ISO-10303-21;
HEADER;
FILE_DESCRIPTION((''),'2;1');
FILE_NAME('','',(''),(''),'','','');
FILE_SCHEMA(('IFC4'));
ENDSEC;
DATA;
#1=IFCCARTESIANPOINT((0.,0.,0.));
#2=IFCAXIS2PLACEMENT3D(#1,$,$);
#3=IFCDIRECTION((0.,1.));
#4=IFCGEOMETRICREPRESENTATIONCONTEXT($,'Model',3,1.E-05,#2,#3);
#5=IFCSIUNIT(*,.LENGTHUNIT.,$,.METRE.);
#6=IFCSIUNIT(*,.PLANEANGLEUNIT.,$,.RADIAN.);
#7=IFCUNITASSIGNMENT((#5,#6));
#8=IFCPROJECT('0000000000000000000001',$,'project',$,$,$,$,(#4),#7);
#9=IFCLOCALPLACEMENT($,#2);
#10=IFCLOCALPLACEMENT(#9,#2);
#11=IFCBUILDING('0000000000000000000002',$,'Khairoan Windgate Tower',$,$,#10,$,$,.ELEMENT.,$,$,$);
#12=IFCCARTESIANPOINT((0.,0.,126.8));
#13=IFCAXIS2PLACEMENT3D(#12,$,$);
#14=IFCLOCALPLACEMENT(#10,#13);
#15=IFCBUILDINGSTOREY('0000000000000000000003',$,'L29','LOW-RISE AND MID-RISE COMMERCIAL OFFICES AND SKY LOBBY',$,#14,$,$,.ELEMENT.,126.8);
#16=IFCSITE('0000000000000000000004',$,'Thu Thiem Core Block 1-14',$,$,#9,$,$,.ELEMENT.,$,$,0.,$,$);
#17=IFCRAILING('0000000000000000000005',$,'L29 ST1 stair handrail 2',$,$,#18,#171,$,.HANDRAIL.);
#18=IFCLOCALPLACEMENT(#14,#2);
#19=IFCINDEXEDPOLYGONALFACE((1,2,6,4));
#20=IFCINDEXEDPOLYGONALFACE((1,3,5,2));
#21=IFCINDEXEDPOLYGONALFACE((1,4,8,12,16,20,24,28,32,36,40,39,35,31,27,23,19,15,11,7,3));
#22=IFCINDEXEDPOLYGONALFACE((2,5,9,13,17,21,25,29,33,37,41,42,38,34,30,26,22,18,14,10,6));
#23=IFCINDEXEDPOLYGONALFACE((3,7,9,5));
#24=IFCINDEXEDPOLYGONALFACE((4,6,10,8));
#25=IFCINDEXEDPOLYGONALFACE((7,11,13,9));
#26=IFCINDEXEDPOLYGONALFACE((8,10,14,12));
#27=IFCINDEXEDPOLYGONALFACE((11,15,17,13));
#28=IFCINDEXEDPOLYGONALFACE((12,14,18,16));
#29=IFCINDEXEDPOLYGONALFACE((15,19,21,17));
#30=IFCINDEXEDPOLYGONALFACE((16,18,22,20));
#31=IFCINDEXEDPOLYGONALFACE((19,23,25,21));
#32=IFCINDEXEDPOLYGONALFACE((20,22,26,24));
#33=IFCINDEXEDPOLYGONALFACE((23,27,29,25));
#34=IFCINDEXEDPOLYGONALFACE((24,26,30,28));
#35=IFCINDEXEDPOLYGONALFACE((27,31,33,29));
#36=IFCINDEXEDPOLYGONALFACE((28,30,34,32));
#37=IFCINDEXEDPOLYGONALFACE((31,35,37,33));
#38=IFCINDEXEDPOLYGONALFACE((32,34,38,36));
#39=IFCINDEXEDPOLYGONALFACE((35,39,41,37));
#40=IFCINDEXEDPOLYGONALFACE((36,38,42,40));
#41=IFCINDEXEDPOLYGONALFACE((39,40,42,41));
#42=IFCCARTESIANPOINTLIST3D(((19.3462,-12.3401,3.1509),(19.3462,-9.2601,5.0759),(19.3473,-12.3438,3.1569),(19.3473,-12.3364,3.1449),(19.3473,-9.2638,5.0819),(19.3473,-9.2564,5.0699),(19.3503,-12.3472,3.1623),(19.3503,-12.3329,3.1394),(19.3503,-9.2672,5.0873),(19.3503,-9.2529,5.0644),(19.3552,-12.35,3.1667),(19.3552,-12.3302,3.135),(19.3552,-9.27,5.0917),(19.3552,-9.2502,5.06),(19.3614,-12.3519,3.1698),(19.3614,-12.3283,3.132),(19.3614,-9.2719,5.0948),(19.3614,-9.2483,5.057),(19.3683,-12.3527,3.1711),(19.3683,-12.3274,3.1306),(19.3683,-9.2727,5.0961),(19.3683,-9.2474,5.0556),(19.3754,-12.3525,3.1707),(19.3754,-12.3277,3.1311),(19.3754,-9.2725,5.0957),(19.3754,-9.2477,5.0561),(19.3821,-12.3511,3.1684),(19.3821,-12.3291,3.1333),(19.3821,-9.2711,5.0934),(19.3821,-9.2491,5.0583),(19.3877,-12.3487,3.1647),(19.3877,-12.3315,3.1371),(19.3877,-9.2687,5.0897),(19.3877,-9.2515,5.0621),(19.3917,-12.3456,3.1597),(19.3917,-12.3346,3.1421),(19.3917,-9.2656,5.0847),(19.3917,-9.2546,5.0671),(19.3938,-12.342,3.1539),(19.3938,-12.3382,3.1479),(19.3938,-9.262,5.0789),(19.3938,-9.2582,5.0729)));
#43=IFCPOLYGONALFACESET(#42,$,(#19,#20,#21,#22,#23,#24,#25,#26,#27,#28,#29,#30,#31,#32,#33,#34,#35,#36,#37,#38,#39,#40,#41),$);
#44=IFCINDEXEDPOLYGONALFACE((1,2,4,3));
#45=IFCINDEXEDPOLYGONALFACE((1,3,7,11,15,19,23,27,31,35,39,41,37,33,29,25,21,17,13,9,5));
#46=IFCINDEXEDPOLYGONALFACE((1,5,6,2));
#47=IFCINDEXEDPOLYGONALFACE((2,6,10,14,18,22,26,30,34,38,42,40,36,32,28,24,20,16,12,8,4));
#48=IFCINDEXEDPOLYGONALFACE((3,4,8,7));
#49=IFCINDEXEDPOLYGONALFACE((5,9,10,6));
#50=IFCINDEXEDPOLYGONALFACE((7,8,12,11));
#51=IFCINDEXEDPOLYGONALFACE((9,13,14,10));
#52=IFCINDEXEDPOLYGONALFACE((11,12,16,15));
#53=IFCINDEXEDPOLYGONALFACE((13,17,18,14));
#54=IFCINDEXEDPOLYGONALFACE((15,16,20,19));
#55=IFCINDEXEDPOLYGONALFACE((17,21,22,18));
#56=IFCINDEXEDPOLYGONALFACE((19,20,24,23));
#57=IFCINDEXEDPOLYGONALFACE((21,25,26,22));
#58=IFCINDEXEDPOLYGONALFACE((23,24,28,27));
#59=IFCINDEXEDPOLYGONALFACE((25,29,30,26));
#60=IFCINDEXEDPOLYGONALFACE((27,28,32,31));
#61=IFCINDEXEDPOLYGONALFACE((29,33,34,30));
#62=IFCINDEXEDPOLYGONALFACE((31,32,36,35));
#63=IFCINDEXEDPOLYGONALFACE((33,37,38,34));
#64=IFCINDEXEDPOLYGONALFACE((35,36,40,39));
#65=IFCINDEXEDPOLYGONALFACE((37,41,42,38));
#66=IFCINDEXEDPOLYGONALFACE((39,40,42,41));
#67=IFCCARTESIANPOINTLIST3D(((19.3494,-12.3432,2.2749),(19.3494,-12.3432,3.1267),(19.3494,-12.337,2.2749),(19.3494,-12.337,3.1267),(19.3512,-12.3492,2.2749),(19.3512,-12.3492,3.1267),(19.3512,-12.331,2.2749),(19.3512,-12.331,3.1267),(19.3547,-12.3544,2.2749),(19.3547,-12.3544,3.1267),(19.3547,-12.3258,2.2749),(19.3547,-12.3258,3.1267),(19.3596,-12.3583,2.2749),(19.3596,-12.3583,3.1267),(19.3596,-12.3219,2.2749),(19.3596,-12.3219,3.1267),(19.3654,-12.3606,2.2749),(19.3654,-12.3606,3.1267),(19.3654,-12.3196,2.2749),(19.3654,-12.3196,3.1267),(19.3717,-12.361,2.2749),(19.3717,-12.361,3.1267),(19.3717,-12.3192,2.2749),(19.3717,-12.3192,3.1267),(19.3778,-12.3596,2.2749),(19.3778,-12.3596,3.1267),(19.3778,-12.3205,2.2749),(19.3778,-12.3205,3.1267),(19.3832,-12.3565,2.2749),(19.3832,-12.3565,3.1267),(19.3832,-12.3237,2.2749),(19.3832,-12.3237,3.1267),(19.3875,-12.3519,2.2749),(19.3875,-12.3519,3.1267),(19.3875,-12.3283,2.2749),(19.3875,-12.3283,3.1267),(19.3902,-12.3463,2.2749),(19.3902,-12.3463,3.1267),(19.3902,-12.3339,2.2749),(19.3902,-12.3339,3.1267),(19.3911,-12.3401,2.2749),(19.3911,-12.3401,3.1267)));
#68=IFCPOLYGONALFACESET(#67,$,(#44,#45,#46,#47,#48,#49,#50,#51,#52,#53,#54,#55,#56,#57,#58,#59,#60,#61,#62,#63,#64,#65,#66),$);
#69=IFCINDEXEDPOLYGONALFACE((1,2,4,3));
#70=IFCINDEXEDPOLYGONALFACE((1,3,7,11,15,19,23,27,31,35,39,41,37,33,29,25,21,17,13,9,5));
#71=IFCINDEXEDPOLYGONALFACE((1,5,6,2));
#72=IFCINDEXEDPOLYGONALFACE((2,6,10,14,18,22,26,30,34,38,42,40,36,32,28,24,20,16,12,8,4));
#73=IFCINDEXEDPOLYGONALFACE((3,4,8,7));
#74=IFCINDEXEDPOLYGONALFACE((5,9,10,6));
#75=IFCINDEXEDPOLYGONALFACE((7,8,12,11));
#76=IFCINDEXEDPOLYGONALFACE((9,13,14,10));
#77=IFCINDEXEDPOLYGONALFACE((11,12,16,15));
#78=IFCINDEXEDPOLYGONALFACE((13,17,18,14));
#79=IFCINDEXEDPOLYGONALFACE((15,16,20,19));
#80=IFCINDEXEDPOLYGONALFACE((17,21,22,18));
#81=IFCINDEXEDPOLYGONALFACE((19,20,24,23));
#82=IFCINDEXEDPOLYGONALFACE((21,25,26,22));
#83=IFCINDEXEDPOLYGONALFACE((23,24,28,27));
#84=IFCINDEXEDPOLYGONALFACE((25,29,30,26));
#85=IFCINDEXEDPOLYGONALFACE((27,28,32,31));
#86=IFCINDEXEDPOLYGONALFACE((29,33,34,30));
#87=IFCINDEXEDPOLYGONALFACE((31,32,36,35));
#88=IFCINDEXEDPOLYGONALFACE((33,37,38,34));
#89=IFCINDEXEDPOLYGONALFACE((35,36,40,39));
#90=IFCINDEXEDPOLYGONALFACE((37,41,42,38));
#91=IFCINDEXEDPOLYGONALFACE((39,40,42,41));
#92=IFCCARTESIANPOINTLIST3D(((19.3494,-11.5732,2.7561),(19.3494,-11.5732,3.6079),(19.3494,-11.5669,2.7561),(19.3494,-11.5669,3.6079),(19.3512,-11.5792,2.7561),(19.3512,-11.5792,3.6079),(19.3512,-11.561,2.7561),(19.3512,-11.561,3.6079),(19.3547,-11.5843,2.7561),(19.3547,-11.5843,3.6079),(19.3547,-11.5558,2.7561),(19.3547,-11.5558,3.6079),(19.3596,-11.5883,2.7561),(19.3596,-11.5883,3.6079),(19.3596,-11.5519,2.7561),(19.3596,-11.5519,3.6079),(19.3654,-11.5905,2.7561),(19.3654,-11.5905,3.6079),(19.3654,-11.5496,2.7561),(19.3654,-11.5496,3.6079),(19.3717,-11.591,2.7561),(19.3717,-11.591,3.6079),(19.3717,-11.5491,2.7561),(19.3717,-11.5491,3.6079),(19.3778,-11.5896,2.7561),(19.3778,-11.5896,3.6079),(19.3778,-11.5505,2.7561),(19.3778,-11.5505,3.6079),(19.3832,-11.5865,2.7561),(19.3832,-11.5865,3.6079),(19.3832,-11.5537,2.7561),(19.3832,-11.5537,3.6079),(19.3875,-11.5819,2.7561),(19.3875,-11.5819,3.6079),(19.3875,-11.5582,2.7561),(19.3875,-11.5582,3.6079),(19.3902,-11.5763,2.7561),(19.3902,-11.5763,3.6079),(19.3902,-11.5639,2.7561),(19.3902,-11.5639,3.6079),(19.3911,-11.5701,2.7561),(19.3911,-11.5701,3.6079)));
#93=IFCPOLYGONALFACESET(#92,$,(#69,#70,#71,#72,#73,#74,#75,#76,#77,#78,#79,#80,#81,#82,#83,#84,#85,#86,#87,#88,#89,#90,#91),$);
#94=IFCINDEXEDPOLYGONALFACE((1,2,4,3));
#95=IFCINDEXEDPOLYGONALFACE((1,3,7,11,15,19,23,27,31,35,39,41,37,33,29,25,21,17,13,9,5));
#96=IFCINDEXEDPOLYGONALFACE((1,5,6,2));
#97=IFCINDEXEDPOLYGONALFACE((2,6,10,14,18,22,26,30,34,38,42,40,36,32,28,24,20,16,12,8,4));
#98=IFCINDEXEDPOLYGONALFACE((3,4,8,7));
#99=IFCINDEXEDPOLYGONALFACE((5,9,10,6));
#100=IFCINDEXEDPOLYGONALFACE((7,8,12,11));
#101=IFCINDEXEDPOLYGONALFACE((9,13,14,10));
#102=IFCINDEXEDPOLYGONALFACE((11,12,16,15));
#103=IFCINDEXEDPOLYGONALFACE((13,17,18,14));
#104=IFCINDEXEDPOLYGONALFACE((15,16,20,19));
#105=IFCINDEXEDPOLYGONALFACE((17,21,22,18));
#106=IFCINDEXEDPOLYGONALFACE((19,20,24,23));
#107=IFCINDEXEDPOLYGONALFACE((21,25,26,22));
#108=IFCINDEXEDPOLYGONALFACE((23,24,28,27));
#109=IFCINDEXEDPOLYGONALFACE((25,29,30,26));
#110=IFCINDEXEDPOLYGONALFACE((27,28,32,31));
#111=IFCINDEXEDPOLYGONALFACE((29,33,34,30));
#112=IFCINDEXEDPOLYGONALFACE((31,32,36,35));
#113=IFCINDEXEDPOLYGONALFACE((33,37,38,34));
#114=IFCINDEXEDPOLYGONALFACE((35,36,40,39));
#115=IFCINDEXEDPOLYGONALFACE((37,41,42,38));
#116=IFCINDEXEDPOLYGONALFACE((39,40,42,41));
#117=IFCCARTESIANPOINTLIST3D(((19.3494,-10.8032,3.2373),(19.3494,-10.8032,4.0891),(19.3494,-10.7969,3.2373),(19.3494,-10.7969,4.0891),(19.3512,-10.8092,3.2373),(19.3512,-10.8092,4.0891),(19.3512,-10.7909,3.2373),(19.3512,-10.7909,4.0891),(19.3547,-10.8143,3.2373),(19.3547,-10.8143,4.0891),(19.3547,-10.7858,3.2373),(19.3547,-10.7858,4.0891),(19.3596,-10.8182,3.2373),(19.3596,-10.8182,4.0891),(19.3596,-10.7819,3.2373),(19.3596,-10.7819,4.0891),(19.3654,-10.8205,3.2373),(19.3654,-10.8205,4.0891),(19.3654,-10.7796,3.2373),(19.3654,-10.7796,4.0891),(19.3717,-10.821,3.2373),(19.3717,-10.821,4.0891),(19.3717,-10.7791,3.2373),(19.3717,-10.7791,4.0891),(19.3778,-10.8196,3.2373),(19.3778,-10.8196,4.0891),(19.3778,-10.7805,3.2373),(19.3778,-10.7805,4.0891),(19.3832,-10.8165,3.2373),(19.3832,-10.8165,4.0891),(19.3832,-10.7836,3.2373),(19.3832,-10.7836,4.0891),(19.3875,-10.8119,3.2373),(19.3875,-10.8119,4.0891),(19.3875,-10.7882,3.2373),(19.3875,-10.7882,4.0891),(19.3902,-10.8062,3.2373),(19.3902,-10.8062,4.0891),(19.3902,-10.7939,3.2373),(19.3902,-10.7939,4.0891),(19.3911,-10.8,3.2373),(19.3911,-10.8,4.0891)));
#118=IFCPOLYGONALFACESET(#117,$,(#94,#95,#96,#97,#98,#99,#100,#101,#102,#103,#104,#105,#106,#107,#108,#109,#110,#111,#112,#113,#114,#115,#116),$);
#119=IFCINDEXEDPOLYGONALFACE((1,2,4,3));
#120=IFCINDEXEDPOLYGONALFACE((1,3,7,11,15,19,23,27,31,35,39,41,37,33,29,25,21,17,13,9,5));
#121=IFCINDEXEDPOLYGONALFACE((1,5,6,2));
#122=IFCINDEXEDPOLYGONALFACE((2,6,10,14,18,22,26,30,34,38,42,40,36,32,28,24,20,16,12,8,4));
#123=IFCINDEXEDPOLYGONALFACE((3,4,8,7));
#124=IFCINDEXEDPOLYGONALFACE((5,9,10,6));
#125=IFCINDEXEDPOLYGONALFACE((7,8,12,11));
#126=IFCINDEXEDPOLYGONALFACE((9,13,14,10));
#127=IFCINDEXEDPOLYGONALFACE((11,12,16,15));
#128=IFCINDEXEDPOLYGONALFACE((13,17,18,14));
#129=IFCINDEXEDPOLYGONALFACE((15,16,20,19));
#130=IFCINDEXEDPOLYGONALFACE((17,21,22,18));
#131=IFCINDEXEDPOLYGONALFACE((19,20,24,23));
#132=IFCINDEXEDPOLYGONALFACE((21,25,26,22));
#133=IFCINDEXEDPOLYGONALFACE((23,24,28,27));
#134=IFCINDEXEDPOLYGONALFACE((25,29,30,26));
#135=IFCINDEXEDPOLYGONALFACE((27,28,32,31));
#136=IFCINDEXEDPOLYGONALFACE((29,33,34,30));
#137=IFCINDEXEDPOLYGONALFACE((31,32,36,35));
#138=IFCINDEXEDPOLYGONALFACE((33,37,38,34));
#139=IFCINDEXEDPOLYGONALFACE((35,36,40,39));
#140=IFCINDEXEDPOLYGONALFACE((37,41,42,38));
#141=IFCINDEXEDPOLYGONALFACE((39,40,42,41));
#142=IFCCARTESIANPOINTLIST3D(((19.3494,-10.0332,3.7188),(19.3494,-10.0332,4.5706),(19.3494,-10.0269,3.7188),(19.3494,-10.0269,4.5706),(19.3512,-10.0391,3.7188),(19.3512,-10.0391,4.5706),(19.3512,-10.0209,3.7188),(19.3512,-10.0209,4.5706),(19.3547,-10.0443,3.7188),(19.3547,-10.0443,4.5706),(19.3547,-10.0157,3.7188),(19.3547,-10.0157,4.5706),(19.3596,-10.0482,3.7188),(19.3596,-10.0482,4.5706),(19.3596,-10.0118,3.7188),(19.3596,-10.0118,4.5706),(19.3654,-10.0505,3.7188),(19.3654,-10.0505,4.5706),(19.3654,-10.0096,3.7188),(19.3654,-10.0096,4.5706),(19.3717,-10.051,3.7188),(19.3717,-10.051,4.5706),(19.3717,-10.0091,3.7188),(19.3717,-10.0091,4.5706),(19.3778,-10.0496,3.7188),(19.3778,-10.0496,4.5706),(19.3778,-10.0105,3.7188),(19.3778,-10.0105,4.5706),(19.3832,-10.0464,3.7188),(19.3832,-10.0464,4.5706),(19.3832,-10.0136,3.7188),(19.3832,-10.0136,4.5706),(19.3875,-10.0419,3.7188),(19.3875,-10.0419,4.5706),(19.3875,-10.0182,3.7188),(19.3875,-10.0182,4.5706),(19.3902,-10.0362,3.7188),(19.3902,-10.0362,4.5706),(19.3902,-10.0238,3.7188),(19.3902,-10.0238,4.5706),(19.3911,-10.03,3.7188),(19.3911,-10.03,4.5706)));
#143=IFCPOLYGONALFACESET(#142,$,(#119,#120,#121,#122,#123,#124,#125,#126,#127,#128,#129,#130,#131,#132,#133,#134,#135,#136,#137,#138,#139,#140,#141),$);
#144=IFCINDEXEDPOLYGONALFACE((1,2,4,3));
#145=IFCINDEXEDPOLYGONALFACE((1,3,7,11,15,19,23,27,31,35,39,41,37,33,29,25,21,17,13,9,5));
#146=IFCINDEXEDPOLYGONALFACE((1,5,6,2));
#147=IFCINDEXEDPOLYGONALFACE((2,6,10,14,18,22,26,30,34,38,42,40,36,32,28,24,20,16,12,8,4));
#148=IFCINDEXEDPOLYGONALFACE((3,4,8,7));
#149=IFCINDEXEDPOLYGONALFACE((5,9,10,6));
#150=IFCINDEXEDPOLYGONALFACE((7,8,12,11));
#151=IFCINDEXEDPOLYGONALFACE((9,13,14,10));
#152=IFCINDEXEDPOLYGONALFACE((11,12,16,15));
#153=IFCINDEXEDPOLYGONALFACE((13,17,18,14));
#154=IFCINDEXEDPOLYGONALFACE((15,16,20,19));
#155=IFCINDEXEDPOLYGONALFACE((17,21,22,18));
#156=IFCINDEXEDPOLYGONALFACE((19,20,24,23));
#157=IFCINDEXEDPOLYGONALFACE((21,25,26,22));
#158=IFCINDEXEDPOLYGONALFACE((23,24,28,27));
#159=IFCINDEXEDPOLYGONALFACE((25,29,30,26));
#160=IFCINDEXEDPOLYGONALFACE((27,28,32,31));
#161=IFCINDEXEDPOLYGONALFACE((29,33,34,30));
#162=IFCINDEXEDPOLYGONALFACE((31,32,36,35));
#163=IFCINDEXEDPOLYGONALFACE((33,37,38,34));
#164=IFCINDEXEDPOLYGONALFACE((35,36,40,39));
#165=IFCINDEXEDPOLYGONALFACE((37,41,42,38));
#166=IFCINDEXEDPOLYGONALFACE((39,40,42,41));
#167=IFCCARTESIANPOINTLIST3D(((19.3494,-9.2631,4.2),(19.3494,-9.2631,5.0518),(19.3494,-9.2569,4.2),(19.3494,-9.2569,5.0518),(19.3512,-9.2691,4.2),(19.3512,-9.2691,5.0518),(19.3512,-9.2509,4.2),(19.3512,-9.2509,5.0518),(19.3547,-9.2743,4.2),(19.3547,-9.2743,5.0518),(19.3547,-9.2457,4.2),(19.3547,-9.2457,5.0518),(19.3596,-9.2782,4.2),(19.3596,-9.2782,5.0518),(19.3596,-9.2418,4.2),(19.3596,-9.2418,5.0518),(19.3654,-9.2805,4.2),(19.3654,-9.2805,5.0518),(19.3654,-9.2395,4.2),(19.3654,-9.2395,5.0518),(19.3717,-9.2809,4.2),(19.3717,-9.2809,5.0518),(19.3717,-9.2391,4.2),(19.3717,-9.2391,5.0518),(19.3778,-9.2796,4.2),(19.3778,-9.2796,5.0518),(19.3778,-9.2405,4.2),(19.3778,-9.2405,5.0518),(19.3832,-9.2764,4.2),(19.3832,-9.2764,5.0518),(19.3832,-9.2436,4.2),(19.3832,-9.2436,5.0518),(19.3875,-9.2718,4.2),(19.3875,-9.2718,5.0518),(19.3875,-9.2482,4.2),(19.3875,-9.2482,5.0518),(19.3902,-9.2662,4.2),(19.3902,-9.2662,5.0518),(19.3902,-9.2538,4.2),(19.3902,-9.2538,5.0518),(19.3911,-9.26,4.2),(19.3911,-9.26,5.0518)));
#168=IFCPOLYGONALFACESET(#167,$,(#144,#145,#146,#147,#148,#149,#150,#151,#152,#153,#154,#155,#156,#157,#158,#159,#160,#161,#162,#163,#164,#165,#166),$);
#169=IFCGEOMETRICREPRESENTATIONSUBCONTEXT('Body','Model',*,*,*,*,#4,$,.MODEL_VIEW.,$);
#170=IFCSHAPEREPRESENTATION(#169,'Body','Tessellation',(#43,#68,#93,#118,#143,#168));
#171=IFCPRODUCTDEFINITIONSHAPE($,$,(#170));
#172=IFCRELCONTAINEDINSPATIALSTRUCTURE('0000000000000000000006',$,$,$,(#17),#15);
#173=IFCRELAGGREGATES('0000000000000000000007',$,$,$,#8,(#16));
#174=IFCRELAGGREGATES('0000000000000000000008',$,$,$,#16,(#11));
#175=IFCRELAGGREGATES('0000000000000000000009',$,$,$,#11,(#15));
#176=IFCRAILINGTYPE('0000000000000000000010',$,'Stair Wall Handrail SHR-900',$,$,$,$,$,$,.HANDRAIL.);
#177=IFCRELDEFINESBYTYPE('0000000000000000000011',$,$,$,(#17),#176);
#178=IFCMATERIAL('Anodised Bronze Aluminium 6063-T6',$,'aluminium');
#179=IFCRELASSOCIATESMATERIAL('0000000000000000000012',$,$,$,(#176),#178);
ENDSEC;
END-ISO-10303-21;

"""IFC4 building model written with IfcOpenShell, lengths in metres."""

from ifc_helpers import new_model, si_unit, direction, frame, origin, origin_2d, place, context, subcontext, project, spatial, circle, extrude, material, type_object, element, save


model = new_model("IFC4")

# Units and contexts
model_context = context("Model", 3, precision=1e-05, world=origin(), true_north=direction((0.0, 1.0)))
body_context = subcontext(model_context, "Body", "Model", "MODEL_VIEW")
ifc_project = project(units=[si_unit("LENGTHUNIT", "METRE"), si_unit("PLANEANGLEUNIT", "RADIAN")], contexts=[model_context])

# Site, building, storey
site_placement = place(None, origin())
site = spatial("IfcSite", under=ifc_project, at=site_placement, Name="Thu Thiem Core Block 1-14", CompositionType="ELEMENT", RefElevation=0.0)
building_placement = place(site_placement, origin())
building = spatial("IfcBuilding", under=site, at=building_placement, Name="Khairoan Windgate Tower", CompositionType="ELEMENT")
storey_placement = place(building_placement, frame((0.0, 0.0, 126.8)))
storey = spatial("IfcBuildingStorey", under=building, at=storey_placement, Name="L29", Description="LOW-RISE AND MID-RISE COMMERCIAL OFFICES AND SKY LOBBY", CompositionType="ELEMENT", Elevation=126.8)

# Railing
ifc_material_1 = material(Name="Anodised Bronze Aluminium 6063-T6", Category="aluminium")
railing_type_1 = type_object("IfcRailingType", Name="Stair Wall Handrail SHR-900", PredefinedType="HANDRAIL", material=ifc_material_1)
railing_1_placement = place(storey_placement, frame((19.3701, -12.3401, 2.2749)))
element("IfcRailing", 1, at=railing_1_placement, inside=storey, type_object=railing_type_1, Name="L29 ST1 stair handrail 2", PredefinedType="HANDRAIL", context=body_context, shape_type="SweptSolid", body=[
    extrude(circle(Radius=0.0239, at=origin_2d()), frame((0.0, 0.0, 0.876), z_axis=(0.0, 0.847998, 0.529999), x_axis=(-1.0, 0.0, 0.0)), (0.0, 0.0, 1.0), 3.6321),
    extrude(circle(Radius=0.021, at=origin_2d()), origin(), (0.0, 0.0, 1.0), 0.8518),
    extrude(circle(Radius=0.021, at=origin_2d()), frame((0.0, 0.77, 0.4812)), (0.0, 0.0, 1.0), 0.8518),
    extrude(circle(Radius=0.021, at=origin_2d()), frame((0.0, 1.54, 0.9624)), (0.0, 0.0, 1.0), 0.8518),
    extrude(circle(Radius=0.021, at=origin_2d()), frame((0.0, 2.3101, 1.4438)), (0.0, 0.0, 1.0), 0.8518),
    extrude(circle(Radius=0.021, at=origin_2d()), frame((0.0, 3.0801, 1.925)), (0.0, 0.0, 1.0), 0.8518),
])

save(model, "model.ifc")
